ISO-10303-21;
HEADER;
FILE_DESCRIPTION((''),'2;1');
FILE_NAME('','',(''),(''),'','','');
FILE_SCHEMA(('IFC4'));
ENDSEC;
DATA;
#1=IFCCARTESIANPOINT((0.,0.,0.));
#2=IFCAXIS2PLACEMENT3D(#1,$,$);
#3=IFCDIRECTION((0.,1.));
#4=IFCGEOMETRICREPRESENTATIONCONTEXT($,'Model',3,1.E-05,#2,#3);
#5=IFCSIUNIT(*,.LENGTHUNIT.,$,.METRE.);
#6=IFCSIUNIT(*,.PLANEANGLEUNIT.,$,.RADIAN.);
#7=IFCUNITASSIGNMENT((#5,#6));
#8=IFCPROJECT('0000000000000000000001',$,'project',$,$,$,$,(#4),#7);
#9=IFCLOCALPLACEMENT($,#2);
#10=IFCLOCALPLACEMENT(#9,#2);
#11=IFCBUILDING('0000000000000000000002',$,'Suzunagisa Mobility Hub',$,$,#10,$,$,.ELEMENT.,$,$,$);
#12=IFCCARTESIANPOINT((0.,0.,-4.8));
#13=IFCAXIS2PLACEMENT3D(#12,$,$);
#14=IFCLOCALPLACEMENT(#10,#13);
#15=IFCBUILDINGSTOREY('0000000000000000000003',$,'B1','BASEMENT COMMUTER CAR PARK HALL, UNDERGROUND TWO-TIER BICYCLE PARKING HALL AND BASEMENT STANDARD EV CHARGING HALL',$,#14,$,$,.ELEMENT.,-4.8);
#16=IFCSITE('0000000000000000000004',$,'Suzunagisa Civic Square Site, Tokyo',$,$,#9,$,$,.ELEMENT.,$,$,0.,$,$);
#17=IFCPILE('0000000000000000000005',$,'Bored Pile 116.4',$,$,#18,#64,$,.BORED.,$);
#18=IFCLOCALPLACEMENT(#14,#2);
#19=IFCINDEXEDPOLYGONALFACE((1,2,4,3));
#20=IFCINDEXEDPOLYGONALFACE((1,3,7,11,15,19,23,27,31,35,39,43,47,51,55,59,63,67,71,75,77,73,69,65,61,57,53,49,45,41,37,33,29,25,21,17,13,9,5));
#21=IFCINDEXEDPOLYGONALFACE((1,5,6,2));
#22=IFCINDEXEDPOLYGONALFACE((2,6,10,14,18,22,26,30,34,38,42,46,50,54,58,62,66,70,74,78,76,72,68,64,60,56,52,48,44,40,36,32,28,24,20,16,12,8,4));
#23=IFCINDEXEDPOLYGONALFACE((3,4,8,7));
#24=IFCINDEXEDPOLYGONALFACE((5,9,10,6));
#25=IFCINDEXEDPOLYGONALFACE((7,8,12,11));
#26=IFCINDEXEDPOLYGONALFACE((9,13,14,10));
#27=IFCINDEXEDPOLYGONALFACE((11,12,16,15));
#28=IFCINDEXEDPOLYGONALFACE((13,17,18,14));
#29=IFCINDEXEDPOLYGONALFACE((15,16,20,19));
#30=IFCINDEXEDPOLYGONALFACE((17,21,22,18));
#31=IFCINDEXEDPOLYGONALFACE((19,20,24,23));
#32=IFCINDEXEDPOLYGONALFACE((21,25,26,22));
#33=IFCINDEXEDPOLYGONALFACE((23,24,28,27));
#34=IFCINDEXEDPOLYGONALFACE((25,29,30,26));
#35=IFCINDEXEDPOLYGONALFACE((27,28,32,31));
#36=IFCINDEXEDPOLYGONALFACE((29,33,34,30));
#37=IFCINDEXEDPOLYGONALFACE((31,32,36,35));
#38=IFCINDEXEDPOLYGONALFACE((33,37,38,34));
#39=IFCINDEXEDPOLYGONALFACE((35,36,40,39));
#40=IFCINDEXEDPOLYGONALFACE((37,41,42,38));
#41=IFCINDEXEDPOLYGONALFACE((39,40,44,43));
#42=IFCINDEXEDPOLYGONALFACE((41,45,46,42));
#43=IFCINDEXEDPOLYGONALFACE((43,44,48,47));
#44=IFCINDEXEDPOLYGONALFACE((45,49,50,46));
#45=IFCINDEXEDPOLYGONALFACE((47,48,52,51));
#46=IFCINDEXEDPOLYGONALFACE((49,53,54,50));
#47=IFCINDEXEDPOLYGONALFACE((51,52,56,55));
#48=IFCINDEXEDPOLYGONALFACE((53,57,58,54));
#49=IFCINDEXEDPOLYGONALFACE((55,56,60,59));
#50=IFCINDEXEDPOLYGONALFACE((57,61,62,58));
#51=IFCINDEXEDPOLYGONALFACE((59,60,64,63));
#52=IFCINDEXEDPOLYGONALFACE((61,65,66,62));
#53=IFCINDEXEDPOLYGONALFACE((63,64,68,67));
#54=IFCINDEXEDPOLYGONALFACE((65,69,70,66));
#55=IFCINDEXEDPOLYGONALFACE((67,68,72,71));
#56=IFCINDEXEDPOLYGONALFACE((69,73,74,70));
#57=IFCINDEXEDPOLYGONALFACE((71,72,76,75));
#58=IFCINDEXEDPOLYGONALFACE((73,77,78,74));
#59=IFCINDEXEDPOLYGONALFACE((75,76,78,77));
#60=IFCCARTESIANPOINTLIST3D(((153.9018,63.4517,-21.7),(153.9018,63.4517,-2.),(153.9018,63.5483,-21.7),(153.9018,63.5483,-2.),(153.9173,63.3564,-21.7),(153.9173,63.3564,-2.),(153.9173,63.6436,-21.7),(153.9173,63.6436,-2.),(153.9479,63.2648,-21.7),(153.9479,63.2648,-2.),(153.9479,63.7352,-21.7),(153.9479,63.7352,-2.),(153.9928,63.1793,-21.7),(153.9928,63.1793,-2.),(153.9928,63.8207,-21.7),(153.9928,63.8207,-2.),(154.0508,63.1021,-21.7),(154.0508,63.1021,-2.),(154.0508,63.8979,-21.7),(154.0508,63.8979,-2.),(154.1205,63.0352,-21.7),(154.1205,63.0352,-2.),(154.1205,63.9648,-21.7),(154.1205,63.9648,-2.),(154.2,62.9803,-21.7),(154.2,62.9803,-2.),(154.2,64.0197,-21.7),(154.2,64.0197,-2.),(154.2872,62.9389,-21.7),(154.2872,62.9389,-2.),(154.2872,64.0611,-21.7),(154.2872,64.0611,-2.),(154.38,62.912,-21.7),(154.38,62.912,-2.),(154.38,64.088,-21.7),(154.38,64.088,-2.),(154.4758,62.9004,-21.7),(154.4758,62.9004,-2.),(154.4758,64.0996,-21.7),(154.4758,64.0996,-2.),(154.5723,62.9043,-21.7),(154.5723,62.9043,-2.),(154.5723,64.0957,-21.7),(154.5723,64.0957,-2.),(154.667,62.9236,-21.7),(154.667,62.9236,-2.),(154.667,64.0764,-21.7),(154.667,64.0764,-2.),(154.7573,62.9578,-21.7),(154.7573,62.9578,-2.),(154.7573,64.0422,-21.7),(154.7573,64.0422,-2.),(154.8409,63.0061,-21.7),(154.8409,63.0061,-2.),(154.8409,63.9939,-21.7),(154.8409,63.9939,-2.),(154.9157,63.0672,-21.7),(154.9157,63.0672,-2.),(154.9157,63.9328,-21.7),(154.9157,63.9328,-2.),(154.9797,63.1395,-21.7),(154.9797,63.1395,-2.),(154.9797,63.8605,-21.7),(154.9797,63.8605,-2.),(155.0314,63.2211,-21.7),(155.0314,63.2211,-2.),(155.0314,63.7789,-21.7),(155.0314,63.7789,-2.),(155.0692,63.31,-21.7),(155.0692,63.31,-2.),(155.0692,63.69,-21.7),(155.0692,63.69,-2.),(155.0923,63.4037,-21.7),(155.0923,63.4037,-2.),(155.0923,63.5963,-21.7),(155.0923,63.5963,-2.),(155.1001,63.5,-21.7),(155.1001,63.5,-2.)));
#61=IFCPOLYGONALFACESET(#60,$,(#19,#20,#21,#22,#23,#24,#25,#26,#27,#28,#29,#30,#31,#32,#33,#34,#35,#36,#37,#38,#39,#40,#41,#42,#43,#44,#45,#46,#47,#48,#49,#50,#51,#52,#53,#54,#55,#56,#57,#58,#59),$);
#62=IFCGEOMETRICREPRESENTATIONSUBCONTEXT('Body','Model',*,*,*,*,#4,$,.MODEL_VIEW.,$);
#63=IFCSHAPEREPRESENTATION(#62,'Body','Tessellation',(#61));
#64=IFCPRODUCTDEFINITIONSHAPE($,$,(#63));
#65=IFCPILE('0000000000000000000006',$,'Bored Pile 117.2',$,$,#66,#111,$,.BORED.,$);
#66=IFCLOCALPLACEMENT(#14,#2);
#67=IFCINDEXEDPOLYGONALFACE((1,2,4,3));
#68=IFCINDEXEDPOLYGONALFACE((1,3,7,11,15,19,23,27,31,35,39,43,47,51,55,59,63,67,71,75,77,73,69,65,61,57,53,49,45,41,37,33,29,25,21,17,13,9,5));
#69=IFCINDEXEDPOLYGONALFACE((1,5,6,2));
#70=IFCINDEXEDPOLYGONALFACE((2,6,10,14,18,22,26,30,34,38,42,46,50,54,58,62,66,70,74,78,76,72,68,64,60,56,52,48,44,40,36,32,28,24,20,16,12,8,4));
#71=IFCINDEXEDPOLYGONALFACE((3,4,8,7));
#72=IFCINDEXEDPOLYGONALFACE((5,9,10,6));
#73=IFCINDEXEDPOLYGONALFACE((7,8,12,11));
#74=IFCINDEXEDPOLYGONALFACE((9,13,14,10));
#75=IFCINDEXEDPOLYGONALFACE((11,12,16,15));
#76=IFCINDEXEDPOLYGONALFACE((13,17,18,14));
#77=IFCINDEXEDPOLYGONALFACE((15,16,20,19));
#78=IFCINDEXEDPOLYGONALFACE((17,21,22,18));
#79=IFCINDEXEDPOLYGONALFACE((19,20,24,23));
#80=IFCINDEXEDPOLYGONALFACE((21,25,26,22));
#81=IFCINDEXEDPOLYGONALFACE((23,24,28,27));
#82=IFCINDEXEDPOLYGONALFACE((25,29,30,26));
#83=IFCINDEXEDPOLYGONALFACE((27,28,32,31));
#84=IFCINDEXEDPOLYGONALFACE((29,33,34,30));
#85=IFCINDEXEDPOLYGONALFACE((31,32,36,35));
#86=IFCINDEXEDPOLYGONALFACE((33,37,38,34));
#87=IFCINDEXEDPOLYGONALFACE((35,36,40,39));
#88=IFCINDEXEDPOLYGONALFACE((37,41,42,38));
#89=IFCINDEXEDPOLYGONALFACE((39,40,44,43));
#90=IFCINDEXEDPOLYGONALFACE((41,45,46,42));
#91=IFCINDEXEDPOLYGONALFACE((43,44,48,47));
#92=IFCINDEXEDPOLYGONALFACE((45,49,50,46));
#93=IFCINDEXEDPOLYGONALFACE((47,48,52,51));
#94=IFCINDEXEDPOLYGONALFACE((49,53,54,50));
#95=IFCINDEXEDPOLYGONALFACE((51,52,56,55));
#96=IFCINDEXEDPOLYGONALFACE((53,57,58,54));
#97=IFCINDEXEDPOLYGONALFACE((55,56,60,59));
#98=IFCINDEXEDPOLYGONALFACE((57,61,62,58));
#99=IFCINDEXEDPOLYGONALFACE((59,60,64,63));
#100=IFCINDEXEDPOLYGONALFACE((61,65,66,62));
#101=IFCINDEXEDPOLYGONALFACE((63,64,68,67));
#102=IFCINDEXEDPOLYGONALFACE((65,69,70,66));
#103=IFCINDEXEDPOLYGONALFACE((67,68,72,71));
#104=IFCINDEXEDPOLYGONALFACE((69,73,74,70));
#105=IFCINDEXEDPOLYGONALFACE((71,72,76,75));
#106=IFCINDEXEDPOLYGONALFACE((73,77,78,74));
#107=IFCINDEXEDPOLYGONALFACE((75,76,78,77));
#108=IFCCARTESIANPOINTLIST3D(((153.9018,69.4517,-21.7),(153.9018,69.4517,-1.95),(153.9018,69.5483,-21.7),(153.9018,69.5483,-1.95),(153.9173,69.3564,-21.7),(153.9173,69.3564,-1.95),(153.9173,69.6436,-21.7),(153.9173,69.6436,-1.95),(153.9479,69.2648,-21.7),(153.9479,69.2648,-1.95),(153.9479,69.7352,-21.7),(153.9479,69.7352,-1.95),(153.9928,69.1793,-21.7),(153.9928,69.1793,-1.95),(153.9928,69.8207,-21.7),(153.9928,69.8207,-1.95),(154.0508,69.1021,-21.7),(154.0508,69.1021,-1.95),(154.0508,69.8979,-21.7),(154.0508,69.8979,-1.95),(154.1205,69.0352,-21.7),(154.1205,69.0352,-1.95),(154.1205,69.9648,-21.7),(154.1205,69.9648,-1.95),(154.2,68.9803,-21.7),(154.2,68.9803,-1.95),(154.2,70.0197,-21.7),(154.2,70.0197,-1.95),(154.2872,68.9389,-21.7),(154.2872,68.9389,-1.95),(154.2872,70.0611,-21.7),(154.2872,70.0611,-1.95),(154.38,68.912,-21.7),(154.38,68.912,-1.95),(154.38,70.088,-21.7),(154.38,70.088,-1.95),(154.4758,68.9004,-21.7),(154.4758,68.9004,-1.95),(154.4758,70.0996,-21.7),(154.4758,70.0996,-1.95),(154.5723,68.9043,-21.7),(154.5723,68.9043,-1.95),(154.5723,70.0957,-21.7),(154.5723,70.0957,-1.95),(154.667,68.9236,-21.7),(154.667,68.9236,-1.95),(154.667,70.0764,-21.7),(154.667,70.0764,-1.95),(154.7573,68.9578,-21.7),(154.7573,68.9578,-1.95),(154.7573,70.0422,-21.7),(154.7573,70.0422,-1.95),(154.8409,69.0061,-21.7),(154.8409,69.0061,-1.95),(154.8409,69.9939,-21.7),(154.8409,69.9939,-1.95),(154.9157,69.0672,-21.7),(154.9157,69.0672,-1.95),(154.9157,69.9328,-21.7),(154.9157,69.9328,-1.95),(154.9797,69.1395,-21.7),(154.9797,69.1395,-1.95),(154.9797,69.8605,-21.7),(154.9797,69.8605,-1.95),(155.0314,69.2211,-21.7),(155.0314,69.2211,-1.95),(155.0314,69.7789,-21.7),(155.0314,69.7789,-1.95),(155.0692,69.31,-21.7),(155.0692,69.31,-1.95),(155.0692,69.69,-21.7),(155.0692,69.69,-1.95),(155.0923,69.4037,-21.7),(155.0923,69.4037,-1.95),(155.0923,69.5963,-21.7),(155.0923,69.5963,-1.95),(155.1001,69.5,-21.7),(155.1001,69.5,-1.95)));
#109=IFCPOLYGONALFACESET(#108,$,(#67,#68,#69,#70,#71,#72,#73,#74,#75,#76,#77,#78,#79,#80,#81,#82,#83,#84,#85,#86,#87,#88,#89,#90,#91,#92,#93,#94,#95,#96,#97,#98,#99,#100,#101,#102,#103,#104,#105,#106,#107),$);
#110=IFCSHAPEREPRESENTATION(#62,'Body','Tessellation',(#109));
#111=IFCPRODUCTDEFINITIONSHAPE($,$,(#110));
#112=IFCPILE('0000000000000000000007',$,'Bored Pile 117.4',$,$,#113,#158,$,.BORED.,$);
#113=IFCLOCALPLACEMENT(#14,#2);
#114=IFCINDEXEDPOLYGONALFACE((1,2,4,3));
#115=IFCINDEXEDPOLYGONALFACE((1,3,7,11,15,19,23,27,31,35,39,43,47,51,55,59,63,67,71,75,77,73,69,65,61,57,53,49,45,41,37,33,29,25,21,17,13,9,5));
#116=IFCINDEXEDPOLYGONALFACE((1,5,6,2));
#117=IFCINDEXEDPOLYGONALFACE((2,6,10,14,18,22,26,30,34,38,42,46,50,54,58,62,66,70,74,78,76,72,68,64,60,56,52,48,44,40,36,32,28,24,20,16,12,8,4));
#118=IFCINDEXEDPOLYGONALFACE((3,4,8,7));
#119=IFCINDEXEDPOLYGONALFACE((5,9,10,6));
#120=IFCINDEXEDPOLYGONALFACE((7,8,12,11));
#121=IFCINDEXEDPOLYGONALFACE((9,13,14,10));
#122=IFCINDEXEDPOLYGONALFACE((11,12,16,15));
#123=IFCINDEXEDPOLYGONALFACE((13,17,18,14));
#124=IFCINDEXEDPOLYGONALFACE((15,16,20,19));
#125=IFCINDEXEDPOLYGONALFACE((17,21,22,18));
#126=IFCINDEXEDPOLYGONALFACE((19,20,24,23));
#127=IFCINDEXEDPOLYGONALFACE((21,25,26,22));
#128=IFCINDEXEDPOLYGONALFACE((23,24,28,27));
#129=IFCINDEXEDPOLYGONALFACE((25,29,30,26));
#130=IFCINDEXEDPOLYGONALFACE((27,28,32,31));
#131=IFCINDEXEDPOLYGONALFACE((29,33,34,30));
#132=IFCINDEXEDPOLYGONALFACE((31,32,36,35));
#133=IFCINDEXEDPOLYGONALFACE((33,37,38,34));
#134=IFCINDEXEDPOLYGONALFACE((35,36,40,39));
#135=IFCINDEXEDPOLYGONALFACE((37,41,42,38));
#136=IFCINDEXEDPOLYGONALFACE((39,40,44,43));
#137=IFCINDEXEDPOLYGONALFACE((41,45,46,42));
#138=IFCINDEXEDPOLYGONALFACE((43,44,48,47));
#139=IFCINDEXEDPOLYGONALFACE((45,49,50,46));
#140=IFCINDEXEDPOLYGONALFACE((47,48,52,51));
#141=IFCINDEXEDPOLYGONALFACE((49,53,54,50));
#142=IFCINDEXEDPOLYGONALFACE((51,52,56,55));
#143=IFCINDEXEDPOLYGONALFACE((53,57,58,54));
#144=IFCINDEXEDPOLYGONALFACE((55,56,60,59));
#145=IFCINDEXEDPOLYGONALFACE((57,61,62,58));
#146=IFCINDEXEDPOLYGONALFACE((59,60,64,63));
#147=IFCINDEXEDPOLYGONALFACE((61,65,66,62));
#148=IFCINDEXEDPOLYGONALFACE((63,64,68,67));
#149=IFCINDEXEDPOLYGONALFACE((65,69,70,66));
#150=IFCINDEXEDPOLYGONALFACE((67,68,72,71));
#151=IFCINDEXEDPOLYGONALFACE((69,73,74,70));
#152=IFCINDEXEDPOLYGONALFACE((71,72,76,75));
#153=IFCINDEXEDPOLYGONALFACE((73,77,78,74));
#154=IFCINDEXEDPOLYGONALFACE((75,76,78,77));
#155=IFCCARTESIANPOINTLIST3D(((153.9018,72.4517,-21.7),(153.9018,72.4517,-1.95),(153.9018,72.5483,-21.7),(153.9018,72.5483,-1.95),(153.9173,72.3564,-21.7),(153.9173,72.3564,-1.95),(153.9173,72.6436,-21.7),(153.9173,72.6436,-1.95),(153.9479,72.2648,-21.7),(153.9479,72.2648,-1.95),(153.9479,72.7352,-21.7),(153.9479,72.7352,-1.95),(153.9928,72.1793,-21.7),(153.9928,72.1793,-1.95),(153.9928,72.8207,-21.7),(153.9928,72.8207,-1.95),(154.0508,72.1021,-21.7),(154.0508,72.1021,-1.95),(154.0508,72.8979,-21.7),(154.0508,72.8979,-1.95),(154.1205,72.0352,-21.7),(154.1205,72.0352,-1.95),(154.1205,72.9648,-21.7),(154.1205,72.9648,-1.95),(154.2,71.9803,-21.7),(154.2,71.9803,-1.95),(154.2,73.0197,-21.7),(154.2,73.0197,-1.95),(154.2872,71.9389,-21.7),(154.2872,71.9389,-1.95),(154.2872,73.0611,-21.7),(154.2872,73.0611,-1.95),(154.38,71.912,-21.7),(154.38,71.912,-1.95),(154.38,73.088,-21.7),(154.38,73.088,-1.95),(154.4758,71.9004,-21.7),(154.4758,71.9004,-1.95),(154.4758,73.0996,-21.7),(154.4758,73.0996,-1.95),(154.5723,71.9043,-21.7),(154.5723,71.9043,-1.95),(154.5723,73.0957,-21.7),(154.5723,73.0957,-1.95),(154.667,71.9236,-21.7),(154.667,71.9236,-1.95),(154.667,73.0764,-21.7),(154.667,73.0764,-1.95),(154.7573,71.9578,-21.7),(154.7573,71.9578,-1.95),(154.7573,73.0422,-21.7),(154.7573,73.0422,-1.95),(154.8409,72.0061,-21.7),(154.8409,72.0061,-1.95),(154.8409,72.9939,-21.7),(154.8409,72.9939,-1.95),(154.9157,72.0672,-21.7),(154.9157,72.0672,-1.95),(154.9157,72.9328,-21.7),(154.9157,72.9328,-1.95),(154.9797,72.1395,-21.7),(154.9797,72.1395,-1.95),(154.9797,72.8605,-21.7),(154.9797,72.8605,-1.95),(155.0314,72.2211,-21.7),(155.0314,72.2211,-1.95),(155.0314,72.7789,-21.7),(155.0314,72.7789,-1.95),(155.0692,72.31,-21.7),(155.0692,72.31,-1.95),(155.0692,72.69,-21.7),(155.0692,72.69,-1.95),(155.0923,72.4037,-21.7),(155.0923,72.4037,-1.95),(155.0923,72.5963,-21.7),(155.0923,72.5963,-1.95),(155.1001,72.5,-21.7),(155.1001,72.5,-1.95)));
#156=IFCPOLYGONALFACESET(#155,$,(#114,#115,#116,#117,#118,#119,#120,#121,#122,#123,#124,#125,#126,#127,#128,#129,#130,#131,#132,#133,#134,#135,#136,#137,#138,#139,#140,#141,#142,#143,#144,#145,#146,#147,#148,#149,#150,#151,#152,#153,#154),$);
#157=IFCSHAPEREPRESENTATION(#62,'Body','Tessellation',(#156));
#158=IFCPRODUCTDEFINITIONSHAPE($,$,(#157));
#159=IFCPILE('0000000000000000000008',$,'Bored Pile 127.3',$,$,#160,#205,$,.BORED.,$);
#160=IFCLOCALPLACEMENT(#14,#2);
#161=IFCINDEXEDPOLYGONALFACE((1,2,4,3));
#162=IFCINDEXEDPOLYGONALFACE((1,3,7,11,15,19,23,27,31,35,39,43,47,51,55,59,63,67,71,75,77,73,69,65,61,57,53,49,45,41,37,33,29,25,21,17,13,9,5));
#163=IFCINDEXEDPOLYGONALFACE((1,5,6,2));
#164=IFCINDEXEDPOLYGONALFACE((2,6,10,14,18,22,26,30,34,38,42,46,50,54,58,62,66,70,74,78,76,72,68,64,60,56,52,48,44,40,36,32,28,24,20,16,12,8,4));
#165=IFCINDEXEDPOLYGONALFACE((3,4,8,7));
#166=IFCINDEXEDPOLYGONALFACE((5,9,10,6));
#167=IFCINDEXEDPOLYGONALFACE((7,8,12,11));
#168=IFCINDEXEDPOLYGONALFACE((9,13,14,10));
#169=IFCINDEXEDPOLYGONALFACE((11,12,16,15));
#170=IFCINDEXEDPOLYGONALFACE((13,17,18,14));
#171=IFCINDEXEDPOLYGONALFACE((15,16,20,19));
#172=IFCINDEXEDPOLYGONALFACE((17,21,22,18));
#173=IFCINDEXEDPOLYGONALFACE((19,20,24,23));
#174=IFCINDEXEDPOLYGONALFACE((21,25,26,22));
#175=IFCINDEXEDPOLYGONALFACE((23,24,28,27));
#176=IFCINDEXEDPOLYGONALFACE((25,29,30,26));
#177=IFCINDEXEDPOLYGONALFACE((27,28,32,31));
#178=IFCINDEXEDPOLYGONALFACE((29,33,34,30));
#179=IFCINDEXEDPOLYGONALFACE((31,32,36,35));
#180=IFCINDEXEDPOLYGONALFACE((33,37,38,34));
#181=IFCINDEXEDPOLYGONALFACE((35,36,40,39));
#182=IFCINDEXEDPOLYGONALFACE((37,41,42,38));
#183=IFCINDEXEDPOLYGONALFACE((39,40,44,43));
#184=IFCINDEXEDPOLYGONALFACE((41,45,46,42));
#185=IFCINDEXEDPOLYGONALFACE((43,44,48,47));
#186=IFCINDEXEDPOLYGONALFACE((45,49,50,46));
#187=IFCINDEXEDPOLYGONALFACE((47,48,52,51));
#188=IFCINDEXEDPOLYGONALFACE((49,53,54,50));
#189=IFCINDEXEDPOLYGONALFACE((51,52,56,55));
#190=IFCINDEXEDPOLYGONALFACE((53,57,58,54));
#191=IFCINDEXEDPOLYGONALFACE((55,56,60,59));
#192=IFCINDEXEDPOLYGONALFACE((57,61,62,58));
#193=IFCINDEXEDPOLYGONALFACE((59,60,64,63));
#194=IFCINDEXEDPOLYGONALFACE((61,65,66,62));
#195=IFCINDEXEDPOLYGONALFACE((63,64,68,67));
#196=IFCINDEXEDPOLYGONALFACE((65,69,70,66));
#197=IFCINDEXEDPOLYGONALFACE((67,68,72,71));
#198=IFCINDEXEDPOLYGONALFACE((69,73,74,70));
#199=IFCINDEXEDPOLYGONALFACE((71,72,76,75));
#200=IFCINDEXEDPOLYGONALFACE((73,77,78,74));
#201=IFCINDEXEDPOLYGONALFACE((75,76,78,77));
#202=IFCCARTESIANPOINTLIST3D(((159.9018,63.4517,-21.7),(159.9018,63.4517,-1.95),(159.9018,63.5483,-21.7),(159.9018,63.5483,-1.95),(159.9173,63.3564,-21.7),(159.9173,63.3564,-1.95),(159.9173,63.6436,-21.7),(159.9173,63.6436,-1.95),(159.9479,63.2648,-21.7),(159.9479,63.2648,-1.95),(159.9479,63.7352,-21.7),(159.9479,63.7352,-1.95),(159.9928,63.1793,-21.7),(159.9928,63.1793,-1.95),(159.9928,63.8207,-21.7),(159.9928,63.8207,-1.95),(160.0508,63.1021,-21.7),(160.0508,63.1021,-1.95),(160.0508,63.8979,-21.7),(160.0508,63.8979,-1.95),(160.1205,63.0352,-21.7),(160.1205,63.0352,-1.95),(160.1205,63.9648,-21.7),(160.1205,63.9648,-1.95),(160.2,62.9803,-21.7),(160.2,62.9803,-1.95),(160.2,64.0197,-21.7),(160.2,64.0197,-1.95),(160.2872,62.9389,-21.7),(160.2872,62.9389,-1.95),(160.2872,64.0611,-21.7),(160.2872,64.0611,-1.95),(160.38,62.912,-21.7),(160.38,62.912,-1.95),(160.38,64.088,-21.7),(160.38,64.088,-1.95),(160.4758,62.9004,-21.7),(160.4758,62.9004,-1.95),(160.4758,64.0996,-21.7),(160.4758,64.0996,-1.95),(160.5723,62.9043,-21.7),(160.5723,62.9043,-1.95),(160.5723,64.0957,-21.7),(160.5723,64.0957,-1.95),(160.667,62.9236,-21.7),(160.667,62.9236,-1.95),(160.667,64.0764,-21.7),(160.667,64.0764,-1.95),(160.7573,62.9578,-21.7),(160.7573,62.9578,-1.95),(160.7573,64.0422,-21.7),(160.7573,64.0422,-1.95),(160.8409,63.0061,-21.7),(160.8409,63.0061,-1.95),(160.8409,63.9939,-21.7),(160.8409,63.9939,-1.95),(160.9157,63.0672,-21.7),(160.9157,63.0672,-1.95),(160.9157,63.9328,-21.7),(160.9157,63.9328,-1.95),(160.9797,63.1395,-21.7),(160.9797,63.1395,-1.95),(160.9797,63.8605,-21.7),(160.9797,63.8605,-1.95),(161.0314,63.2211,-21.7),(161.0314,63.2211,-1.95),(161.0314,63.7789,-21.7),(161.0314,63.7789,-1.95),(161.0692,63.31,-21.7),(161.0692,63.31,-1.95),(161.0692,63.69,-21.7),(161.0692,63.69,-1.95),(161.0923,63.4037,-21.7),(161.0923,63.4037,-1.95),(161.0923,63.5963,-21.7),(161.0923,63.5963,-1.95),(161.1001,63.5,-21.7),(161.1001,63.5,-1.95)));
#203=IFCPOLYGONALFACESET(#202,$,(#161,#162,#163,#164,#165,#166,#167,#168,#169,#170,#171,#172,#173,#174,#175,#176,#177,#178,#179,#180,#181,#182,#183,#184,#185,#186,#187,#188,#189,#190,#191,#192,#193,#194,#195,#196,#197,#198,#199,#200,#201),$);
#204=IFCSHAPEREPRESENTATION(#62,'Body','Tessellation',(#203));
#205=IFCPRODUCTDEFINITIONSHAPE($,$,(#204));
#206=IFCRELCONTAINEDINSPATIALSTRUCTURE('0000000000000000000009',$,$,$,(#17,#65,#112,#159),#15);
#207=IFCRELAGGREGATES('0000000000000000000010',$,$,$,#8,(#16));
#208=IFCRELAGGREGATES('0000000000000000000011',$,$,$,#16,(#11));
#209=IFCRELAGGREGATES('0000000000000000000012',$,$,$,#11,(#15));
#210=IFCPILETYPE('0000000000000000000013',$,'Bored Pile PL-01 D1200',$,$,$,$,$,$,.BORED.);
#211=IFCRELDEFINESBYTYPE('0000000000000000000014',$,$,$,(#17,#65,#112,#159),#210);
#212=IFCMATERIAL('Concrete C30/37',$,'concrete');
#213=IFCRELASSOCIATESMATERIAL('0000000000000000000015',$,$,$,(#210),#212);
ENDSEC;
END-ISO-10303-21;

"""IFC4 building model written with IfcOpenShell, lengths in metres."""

from ifc_helpers import new_model, si_unit, direction, frame, origin, origin_2d, place, context, subcontext, project, spatial, circle, extrude, material, material_profile, profile_set, type_object, element, save


model = new_model("IFC4")

# Units and contexts
model_context = context("Model", 3, precision=1e-05, world=origin(), true_north=direction((0.0, 1.0)))
body_context = subcontext(model_context, "Body", "Model", "MODEL_VIEW")
ifc_project = project(units=[si_unit("LENGTHUNIT", "METRE"), si_unit("PLANEANGLEUNIT", "RADIAN")], contexts=[model_context])

# Site, building, storey
site_placement = place(None, origin())
site = spatial("IfcSite", under=ifc_project, at=site_placement, Name="Suzunagisa Civic Square Site, Tokyo", CompositionType="ELEMENT", RefElevation=0.0)
building_placement = place(site_placement, origin())
building = spatial("IfcBuilding", under=site, at=building_placement, Name="Suzunagisa Mobility Hub", CompositionType="ELEMENT")
storey_placement = place(building_placement, frame((0.0, 0.0, -4.8)))
storey = spatial("IfcBuildingStorey", under=building, at=storey_placement, Name="B1", Description="BASEMENT COMMUTER CAR PARK HALL, UNDERGROUND TWO-TIER BICYCLE PARKING HALL AND BASEMENT STANDARD EV CHARGING HALL", CompositionType="ELEMENT", Elevation=-4.8)

# Piles
ifc_material_1 = material(Name="Concrete C30/37", Category="concrete")
ifc_material_profile_1 = material_profile(ifc_material_1, circle(Radius=0.6001, at=origin_2d()), Name="BORED PILE D1200")
ifc_profile_set_1 = profile_set([ifc_material_profile_1], Name="Concrete C30/37")
pile_type = type_object("IfcPileType", Name="Bored Pile PL-01 D1200", PredefinedType="BORED", material=ifc_profile_set_1)
pile_placement = place(storey_placement, frame((154.5, 63.5, -2.0), z_axis=(0.0, 0.0, -1.0), x_axis=(1.0, 0.0, 0.0)))
element("IfcPile", 1, at=pile_placement, inside=storey, type_object=pile_type, Name="Bored Pile 116.4", PredefinedType="BORED", context=body_context, shape_type="SweptSolid", body=[
    extrude(circle(Radius=0.6001, at=origin_2d()), origin(), (0.0, 0.0, 1.0), 19.7),
])
for number, where, z_axis, x_axis, name in (
    (2, (154.5, 69.5, -1.95), (0.0, 0.0, -1.0), (1.0, 0.0, 0.0), "Bored Pile 117.2"),
    (3, (154.5, 72.5, -1.95), (0.0, 0.0, -1.0), (1.0, 0.0, 0.0), "Bored Pile 117.4"),
    (4, (160.5, 63.5, -1.95), (0.0, 0.0, -1.0), (1.0, 0.0, 0.0), "Bored Pile 127.3"),
):
    element("IfcPile", number, at=place(storey_placement, frame(where, z_axis=z_axis, x_axis=x_axis)), inside=storey, type_object=pile_type, Name=name, PredefinedType="BORED", context=body_context, shape_type="SweptSolid", body=[
        extrude(circle(Radius=0.6001, at=origin_2d()), origin(), (0.0, 0.0, 1.0), 19.75),
    ])

save(model, "model.ifc")
